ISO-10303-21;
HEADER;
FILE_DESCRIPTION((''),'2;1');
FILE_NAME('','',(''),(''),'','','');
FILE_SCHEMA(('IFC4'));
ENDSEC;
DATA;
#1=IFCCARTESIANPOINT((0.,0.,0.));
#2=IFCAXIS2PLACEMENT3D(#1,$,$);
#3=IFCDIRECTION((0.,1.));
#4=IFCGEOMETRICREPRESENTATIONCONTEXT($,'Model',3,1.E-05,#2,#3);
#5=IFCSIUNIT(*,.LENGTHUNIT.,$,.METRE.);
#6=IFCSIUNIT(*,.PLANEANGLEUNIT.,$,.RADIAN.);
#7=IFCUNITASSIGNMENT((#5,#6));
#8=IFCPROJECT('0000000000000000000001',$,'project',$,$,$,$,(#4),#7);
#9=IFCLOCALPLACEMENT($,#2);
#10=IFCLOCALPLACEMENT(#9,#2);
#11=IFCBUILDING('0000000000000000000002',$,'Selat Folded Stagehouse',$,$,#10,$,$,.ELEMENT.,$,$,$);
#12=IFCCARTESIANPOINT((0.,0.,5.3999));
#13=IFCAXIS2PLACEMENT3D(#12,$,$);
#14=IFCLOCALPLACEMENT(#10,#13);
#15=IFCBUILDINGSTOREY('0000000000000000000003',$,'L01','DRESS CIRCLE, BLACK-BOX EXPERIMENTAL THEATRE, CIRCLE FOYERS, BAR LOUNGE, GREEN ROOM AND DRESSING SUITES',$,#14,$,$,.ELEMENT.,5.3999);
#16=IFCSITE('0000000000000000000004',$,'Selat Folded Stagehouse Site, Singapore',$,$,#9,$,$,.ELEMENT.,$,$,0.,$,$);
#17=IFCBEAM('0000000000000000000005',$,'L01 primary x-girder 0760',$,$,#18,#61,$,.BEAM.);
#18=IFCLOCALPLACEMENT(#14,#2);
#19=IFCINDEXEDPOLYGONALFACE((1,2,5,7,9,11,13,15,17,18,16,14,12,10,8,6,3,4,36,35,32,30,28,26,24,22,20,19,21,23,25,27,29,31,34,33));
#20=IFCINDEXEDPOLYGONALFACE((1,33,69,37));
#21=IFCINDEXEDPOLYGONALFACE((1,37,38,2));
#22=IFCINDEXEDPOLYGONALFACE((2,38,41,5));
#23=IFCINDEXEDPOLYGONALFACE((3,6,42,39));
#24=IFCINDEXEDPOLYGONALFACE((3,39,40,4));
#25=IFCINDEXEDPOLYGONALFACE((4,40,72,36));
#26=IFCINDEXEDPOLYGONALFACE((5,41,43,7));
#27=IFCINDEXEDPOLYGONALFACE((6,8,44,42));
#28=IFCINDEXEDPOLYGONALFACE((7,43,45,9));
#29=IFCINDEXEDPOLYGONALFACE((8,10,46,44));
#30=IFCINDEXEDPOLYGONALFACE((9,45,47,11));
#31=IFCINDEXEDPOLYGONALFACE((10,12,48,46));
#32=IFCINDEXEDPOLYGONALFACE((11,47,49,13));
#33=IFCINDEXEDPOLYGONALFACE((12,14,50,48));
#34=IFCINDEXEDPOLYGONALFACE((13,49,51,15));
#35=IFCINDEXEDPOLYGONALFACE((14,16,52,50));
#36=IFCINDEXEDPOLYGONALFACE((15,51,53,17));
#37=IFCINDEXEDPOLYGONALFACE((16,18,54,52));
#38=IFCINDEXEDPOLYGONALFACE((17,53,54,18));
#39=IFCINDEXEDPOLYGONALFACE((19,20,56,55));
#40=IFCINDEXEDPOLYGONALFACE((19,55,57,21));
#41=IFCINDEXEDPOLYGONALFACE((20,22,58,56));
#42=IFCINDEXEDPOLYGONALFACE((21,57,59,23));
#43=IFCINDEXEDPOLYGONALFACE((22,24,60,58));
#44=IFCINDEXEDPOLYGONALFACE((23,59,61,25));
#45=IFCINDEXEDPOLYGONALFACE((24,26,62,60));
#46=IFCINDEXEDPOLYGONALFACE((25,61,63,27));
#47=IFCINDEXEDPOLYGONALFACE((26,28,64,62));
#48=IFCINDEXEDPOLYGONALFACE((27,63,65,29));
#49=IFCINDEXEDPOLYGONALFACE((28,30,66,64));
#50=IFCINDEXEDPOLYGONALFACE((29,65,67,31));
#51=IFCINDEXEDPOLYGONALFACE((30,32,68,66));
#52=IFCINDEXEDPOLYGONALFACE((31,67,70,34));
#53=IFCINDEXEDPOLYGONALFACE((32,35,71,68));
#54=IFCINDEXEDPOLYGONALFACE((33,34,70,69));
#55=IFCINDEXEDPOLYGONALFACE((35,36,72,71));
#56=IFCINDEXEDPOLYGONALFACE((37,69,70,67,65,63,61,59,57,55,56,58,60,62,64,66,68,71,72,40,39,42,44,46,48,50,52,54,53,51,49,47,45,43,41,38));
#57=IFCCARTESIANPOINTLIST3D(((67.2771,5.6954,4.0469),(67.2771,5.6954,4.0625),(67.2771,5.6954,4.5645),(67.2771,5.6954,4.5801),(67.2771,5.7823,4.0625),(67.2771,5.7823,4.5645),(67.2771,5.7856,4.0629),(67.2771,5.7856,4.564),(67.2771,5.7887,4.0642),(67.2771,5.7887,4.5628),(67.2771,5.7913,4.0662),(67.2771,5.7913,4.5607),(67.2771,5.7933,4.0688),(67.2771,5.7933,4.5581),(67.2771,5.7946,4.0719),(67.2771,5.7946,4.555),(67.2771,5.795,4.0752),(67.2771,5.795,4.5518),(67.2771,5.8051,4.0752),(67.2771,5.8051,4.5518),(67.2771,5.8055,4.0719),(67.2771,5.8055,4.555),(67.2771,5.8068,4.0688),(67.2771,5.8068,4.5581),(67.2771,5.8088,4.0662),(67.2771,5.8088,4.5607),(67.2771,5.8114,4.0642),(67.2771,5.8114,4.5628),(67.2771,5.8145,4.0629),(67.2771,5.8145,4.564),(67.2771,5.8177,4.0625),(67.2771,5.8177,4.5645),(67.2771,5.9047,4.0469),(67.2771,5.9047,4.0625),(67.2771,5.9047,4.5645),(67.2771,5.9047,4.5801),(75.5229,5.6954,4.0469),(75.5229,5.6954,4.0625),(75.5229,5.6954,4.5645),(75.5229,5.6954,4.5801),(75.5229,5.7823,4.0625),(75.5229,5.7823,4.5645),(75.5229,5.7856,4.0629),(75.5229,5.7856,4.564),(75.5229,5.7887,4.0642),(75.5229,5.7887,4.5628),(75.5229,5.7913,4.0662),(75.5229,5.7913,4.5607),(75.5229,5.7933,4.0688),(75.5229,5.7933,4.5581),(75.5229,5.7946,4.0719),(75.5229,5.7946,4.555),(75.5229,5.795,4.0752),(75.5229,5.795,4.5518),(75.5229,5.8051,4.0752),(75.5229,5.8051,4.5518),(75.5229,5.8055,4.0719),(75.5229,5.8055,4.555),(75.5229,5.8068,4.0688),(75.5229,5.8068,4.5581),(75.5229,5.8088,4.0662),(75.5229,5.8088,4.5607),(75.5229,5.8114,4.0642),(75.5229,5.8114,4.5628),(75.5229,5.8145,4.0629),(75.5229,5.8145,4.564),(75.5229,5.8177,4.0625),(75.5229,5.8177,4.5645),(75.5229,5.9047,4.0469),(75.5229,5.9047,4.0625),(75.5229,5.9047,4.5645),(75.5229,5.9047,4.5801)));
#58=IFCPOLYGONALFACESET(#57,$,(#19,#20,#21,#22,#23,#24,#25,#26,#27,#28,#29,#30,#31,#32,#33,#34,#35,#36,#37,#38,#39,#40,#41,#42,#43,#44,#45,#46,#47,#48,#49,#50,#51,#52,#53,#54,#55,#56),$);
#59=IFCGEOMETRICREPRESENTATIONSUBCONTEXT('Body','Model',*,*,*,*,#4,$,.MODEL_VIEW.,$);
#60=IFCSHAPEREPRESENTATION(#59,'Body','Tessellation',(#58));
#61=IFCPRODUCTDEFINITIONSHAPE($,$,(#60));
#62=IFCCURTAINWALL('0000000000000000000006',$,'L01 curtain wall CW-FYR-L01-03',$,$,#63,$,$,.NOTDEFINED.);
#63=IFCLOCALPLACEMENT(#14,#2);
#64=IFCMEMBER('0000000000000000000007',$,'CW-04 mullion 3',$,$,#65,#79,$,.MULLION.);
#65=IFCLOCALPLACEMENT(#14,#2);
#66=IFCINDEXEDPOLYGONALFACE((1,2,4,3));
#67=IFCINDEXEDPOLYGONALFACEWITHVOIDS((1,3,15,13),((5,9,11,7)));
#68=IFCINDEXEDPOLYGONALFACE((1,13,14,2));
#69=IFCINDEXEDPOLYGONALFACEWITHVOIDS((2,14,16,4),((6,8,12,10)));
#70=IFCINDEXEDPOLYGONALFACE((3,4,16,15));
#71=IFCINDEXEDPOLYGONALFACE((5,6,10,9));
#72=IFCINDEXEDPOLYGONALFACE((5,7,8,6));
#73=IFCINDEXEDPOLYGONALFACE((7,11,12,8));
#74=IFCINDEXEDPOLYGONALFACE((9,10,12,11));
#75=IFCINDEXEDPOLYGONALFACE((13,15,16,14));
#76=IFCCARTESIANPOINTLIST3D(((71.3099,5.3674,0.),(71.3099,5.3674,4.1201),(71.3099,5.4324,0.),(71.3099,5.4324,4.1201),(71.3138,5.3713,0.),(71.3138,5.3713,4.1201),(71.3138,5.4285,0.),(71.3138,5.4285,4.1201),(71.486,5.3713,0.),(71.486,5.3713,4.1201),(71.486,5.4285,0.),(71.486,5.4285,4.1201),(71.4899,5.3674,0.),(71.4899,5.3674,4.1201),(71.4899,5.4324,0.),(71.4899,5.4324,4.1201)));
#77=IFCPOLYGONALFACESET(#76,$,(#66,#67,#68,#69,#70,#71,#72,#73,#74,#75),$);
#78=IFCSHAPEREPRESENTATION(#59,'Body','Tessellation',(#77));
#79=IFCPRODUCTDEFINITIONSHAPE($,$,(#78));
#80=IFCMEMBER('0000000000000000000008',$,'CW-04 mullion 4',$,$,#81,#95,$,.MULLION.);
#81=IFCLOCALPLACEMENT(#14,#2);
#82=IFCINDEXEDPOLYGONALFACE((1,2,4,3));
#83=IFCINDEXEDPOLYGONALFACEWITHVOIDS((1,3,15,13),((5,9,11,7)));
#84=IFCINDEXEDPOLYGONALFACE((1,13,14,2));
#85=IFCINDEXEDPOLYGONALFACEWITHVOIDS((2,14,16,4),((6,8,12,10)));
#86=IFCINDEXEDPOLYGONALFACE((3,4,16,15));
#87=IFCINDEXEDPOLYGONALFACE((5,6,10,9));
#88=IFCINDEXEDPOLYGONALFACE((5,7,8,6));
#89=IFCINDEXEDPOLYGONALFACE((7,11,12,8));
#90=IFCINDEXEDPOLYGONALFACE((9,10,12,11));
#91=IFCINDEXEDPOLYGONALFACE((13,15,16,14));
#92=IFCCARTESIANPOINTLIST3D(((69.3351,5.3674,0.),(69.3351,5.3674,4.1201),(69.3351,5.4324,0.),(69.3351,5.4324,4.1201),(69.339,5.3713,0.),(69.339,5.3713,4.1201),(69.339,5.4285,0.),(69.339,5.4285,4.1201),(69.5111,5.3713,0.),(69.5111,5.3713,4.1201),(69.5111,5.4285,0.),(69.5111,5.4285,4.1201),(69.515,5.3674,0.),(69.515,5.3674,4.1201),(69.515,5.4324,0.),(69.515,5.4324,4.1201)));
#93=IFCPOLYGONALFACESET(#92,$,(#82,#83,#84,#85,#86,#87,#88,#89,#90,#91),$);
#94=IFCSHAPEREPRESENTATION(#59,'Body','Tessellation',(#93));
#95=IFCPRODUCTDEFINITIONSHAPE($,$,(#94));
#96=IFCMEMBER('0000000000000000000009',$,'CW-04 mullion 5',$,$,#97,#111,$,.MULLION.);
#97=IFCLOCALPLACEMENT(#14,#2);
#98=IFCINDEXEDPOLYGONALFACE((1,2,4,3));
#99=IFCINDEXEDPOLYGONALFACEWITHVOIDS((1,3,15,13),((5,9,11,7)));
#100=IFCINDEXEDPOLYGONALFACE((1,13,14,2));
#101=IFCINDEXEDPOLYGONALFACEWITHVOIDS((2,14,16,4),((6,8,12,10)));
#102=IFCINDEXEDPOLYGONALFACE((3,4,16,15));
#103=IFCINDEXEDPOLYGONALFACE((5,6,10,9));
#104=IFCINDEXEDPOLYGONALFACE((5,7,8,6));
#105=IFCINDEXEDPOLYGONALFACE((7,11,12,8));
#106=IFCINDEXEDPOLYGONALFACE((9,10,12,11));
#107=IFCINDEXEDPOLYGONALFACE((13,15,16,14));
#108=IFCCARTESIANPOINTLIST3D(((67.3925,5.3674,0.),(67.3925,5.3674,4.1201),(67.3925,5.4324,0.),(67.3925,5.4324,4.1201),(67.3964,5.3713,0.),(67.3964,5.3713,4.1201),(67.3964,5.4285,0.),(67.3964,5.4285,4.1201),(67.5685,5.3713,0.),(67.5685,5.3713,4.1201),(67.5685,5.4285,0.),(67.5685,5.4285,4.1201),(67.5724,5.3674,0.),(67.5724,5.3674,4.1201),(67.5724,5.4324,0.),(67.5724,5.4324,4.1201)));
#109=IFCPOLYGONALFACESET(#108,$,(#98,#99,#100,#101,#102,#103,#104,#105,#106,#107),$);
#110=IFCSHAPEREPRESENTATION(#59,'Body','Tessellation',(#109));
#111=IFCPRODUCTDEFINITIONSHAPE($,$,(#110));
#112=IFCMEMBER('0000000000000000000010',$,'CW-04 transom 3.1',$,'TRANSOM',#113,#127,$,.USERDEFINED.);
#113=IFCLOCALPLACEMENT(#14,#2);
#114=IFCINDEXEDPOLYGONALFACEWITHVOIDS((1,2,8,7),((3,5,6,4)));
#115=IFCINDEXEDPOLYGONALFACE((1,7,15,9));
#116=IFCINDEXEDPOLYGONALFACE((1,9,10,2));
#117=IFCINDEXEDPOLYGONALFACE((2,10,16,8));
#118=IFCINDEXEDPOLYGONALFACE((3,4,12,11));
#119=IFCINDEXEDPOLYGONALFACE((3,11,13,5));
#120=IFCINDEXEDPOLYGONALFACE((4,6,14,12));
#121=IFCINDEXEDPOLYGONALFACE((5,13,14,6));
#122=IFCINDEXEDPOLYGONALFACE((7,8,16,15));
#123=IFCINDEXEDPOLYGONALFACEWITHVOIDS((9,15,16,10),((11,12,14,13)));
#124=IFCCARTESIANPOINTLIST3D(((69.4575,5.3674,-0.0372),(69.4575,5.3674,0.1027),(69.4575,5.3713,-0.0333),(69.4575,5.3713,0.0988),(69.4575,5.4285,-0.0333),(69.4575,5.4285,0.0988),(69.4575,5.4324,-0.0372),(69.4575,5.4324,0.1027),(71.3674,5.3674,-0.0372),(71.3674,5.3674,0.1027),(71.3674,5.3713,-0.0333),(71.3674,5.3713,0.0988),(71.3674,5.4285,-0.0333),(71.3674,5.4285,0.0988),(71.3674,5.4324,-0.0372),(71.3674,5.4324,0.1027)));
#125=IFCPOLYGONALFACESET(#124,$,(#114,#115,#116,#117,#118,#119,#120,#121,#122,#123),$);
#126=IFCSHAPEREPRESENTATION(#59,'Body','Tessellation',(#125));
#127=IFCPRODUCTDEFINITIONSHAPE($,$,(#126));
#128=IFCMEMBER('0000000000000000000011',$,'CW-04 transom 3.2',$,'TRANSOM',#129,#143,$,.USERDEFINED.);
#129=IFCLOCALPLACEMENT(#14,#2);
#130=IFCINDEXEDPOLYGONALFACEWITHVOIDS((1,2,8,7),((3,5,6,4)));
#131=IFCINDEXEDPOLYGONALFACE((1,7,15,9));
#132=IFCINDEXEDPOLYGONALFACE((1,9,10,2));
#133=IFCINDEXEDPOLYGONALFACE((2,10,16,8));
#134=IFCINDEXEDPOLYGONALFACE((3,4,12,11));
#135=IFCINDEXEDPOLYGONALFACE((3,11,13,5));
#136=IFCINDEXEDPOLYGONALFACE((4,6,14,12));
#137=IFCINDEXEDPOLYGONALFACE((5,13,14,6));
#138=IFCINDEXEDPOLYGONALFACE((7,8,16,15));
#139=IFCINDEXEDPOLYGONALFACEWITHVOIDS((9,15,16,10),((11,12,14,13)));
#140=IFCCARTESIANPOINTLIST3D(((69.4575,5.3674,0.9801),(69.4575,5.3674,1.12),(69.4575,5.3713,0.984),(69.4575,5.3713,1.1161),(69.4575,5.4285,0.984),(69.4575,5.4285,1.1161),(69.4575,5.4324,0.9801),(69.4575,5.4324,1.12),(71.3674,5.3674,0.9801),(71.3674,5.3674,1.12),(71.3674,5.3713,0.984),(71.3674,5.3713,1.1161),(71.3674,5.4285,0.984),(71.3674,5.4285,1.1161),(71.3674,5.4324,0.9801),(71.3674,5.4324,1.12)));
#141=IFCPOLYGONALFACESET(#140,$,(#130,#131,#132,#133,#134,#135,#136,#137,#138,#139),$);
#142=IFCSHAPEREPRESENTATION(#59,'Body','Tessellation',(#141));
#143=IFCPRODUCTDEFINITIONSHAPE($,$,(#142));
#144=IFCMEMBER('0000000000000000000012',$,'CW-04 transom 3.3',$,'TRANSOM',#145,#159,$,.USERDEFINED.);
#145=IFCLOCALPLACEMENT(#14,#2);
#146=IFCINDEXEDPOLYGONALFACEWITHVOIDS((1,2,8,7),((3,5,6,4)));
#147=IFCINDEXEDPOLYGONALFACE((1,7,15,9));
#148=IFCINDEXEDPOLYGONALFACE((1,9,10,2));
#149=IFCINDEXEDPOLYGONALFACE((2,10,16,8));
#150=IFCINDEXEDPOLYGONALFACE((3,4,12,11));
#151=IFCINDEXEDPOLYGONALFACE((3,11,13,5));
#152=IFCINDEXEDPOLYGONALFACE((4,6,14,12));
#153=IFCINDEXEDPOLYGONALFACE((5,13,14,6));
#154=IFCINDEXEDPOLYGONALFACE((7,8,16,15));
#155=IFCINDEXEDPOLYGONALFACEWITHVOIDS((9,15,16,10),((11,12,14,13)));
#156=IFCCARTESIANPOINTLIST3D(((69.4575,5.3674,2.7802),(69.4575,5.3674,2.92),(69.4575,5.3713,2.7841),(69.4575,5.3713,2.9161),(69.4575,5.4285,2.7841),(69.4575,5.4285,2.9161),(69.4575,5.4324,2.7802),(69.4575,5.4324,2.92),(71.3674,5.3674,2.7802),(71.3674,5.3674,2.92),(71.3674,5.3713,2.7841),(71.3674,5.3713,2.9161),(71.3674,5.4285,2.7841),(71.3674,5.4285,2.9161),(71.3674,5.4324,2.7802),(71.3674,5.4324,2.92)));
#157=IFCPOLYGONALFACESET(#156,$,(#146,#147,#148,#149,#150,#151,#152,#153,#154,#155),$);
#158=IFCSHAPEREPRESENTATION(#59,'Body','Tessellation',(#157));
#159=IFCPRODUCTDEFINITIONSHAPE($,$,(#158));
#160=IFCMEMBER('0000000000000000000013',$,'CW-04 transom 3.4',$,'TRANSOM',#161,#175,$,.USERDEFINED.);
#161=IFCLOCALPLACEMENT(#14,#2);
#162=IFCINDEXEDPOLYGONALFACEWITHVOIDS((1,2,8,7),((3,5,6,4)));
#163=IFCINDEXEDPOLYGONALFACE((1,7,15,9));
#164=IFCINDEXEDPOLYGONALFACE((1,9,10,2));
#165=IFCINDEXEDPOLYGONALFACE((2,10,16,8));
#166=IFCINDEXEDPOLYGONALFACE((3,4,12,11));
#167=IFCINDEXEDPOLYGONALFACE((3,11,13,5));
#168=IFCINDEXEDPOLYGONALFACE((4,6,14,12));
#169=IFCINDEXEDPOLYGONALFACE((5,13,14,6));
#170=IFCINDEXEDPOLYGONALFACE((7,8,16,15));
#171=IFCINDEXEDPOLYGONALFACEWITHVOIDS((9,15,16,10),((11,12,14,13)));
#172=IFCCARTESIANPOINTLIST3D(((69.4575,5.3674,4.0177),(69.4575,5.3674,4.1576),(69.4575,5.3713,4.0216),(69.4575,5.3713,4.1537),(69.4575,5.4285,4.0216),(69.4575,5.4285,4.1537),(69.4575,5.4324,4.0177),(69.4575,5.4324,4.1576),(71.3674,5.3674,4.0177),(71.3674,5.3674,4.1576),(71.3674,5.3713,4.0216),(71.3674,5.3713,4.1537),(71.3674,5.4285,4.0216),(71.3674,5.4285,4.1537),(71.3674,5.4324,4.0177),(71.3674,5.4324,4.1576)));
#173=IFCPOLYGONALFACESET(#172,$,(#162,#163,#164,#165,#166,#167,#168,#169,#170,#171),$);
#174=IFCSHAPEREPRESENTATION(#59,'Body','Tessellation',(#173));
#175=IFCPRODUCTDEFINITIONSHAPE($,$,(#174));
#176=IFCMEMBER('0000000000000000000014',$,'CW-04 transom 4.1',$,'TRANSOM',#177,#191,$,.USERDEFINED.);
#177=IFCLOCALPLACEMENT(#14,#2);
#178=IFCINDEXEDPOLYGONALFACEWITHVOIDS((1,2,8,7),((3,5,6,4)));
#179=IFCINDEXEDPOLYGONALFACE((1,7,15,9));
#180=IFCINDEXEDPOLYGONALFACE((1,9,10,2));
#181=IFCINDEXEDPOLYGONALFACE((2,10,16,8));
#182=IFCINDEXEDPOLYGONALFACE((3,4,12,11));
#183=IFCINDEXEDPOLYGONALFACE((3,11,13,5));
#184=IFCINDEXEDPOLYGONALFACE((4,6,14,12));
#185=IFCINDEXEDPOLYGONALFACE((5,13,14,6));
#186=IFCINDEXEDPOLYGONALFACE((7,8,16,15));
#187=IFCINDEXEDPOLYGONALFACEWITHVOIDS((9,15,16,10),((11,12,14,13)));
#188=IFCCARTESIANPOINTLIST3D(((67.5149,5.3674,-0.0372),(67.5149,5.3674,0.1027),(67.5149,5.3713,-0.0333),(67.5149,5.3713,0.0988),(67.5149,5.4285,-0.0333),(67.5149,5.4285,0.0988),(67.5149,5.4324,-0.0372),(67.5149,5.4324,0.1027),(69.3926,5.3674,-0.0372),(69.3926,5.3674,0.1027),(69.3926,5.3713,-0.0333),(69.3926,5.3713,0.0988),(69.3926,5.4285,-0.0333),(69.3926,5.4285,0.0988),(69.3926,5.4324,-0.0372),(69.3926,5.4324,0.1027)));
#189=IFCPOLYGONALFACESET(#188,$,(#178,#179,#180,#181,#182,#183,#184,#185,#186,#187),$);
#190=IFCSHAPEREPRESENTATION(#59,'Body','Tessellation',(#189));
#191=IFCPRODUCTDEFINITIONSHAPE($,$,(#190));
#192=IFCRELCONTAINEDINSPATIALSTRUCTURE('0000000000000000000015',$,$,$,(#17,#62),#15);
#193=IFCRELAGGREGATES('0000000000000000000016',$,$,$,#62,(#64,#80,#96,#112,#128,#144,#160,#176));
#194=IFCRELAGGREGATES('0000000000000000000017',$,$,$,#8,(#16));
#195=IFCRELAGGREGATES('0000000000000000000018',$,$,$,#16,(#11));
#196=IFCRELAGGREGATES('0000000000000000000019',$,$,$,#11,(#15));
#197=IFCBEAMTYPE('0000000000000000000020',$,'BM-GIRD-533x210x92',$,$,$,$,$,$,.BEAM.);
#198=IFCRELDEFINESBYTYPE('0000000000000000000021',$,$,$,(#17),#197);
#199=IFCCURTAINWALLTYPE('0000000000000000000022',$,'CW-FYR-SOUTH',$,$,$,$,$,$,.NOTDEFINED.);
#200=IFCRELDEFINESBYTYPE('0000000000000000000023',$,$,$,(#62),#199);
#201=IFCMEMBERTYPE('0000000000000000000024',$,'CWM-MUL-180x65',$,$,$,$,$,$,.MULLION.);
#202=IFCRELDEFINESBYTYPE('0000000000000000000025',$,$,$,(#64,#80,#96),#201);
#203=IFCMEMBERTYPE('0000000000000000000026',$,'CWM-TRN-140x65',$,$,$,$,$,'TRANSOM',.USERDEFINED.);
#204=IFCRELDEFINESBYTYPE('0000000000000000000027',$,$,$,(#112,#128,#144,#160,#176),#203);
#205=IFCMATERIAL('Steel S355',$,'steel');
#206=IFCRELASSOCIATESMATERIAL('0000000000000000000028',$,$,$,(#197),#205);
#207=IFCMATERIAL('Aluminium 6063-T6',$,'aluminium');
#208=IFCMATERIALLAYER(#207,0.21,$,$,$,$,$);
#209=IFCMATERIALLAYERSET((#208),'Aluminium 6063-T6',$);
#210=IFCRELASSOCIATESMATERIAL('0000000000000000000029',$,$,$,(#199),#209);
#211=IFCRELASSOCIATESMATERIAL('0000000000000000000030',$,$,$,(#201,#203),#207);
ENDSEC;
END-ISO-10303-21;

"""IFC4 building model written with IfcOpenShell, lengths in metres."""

from ifc_helpers import new_model, si_unit, direction, frame, origin, origin_2d, place, context, subcontext, project, spatial, hollow_rectangle, i_section, extrude, material, layer, layer_set, material_profile, profile_set, type_object, element, aggregate, save


model = new_model("IFC4")

# Units and contexts
model_context = context("Model", 3, precision=1e-05, world=origin(), true_north=direction((0.0, 1.0)))
body_context = subcontext(model_context, "Body", "Model", "MODEL_VIEW")
ifc_project = project(units=[si_unit("LENGTHUNIT", "METRE"), si_unit("PLANEANGLEUNIT", "RADIAN")], contexts=[model_context])

# Site, building, storey
site_placement = place(None, origin())
site = spatial("IfcSite", under=ifc_project, at=site_placement, Name="Selat Folded Stagehouse Site, Singapore", CompositionType="ELEMENT", RefElevation=0.0)
building_placement = place(site_placement, origin())
building = spatial("IfcBuilding", under=site, at=building_placement, Name="Selat Folded Stagehouse", CompositionType="ELEMENT")
storey_placement = place(building_placement, frame((0.0, 0.0, 5.3999)))
storey = spatial("IfcBuildingStorey", under=building, at=storey_placement, Name="L01", Description="DRESS CIRCLE, BLACK-BOX EXPERIMENTAL THEATRE, CIRCLE FOYERS, BAR LOUNGE, GREEN ROOM AND DRESSING SUITES", CompositionType="ELEMENT", Elevation=5.3999)

# Beam
ifc_material_1 = material(Name="Steel S355", Category="steel")
ifc_material_profile_1 = material_profile(ifc_material_1, i_section(OverallWidth=0.2092, OverallDepth=0.5332, WebThickness=0.01, FlangeThickness=0.0156, FilletRadius=0.0127, at=origin_2d()), Name="UKB 533x210x92")
ifc_profile_set_1 = profile_set([ifc_material_profile_1], Name="Steel S355")
beam_type = type_object("IfcBeamType", Name="BM-GIRD-533x210x92", PredefinedType="BEAM", material=ifc_profile_set_1)
beam_placement = place(storey_placement, frame((67.2771, 5.8, 4.3135), z_axis=(1.0, 0.0, 0.0), x_axis=(0.0, 1.0, 0.0)))
element("IfcBeam", 1, at=beam_placement, inside=storey, type_object=beam_type, Name="L01 primary x-girder 0760", PredefinedType="BEAM", context=body_context, shape_type="SweptSolid", body=[
    extrude(i_section(OverallWidth=0.2092, OverallDepth=0.5332, WebThickness=0.01, FlangeThickness=0.0156, FilletRadius=0.0127, at=origin_2d()), origin(), (0.0, 0.0, 1.0), 8.2458),
])

# Curtain wall, members
ifc_material_2 = material(Name="Aluminium 6063-T6", Category="aluminium")
ifc_layer_1 = layer(ifc_material_2, 0.21)
ifc_layer_set_1 = layer_set([ifc_layer_1], Name="Aluminium 6063-T6")
curtain_wall_type = type_object("IfcCurtainWallType", Name="CW-FYR-SOUTH", PredefinedType="NOTDEFINED", material=ifc_layer_set_1)
curtain_wall_placement = place(storey_placement, origin())
curtain_wall = element("IfcCurtainWall", 2, at=curtain_wall_placement, inside=storey, type_object=curtain_wall_type, Name="L01 curtain wall CW-FYR-L01-03", PredefinedType="NOTDEFINED")
ifc_material_profile_2 = material_profile(ifc_material_2, hollow_rectangle(XDim=0.0649, YDim=0.1799, WallThickness=0.0039, at=origin_2d()), Name="ALU 180x65x4.0")
ifc_profile_set_2 = profile_set([ifc_material_profile_2], Name="Aluminium 6063-T6")
member_type_1 = type_object("IfcMemberType", Name="CWM-MUL-180x65", PredefinedType="MULLION", material=ifc_profile_set_2)
member_1_placement = place(storey_placement, frame((71.3999, 5.3999, 0.0), z_axis=(0.0, 0.0, 1.0), x_axis=(0.0, -1.0, 0.0)))
member_1 = element("IfcMember", 3, at=member_1_placement, type_object=member_type_1, Name="CW-04 mullion 3", PredefinedType="MULLION", context=body_context, shape_type="SweptSolid", body=[
    extrude(hollow_rectangle(XDim=0.0649, YDim=0.1799, WallThickness=0.0039, at=origin_2d()), origin(), (0.0, 0.0, 1.0), 4.1201),
])
member_2_placement = place(storey_placement, frame((69.425, 5.3999, 0.0), z_axis=(0.0, 0.0, 1.0), x_axis=(0.0, -1.0, 0.0)))
member_2 = element("IfcMember", 4, at=member_2_placement, type_object=member_type_1, Name="CW-04 mullion 4", PredefinedType="MULLION", context=body_context, shape_type="SweptSolid", body=[
    extrude(hollow_rectangle(XDim=0.0649, YDim=0.1799, WallThickness=0.0039, at=origin_2d()), origin(), (0.0, 0.0, 1.0), 4.1201),
])
member_3_placement = place(storey_placement, frame((67.4824, 5.3999, 0.0), z_axis=(0.0, 0.0, 1.0), x_axis=(0.0, -1.0, 0.0)))
member_3 = element("IfcMember", 5, at=member_3_placement, type_object=member_type_1, Name="CW-04 mullion 5", PredefinedType="MULLION", context=body_context, shape_type="SweptSolid", body=[
    extrude(hollow_rectangle(XDim=0.0649, YDim=0.1799, WallThickness=0.0039, at=origin_2d()), origin(), (0.0, 0.0, 1.0), 4.1201),
])
ifc_material_profile_3 = material_profile(ifc_material_2, hollow_rectangle(XDim=0.0649, YDim=0.1399, WallThickness=0.0039, at=origin_2d()), Name="ALU 140x65x4.0")
ifc_profile_set_3 = profile_set([ifc_material_profile_3], Name="Aluminium 6063-T6")
member_type_2 = type_object("IfcMemberType", Name="CWM-TRN-140x65", ElementType="TRANSOM", PredefinedType="USERDEFINED", material=ifc_profile_set_3)
member_4_placement = place(storey_placement, frame((71.3674, 5.3999, 0.0327), z_axis=(-1.0, 0.0, 0.0), x_axis=(0.0, -1.0, 0.0)))
member_4 = element("IfcMember", 6, at=member_4_placement, type_object=member_type_2, Name="CW-04 transom 3.1", ObjectType="TRANSOM", PredefinedType="USERDEFINED", context=body_context, shape_type="SweptSolid", body=[
    extrude(hollow_rectangle(XDim=0.0649, YDim=0.1399, WallThickness=0.0039, at=origin_2d()), origin(), (0.0, 0.0, 1.0), 1.9099),
])
member_5_placement = place(storey_placement, frame((71.3674, 5.3999, 1.05), z_axis=(-1.0, 0.0, 0.0), x_axis=(0.0, -1.0, 0.0)))
member_5 = element("IfcMember", 7, at=member_5_placement, type_object=member_type_2, Name="CW-04 transom 3.2", ObjectType="TRANSOM", PredefinedType="USERDEFINED", context=body_context, shape_type="SweptSolid", body=[
    extrude(hollow_rectangle(XDim=0.0649, YDim=0.1399, WallThickness=0.0039, at=origin_2d()), origin(), (0.0, 0.0, 1.0), 1.9099),
])
member_6_placement = place(storey_placement, frame((71.3674, 5.3999, 2.8501), z_axis=(-1.0, 0.0, 0.0), x_axis=(0.0, -1.0, 0.0)))
member_6 = element("IfcMember", 8, at=member_6_placement, type_object=member_type_2, Name="CW-04 transom 3.3", ObjectType="TRANSOM", PredefinedType="USERDEFINED", context=body_context, shape_type="SweptSolid", body=[
    extrude(hollow_rectangle(XDim=0.0649, YDim=0.1399, WallThickness=0.0039, at=origin_2d()), origin(), (0.0, 0.0, 1.0), 1.9099),
])
member_7_placement = place(storey_placement, frame((71.3674, 5.3999, 4.0876), z_axis=(-1.0, 0.0, 0.0), x_axis=(0.0, -1.0, 0.0)))
member_7 = element("IfcMember", 9, at=member_7_placement, type_object=member_type_2, Name="CW-04 transom 3.4", ObjectType="TRANSOM", PredefinedType="USERDEFINED", context=body_context, shape_type="SweptSolid", body=[
    extrude(hollow_rectangle(XDim=0.0649, YDim=0.1399, WallThickness=0.0039, at=origin_2d()), origin(), (0.0, 0.0, 1.0), 1.9099),
])
member_8_placement = place(storey_placement, frame((69.3926, 5.3999, 0.0327), z_axis=(-1.0, 0.0, 0.0), x_axis=(0.0, -1.0, 0.0)))
member_8 = element("IfcMember", 10, at=member_8_placement, type_object=member_type_2, Name="CW-04 transom 4.1", ObjectType="TRANSOM", PredefinedType="USERDEFINED", context=body_context, shape_type="SweptSolid", body=[
    extrude(hollow_rectangle(XDim=0.0649, YDim=0.1399, WallThickness=0.0039, at=origin_2d()), origin(), (0.0, 0.0, 1.0), 1.8777),
])
aggregate(curtain_wall, [member_1, member_2, member_3, member_4, member_5, member_6, member_7, member_8])

save(model, "model.ifc")
